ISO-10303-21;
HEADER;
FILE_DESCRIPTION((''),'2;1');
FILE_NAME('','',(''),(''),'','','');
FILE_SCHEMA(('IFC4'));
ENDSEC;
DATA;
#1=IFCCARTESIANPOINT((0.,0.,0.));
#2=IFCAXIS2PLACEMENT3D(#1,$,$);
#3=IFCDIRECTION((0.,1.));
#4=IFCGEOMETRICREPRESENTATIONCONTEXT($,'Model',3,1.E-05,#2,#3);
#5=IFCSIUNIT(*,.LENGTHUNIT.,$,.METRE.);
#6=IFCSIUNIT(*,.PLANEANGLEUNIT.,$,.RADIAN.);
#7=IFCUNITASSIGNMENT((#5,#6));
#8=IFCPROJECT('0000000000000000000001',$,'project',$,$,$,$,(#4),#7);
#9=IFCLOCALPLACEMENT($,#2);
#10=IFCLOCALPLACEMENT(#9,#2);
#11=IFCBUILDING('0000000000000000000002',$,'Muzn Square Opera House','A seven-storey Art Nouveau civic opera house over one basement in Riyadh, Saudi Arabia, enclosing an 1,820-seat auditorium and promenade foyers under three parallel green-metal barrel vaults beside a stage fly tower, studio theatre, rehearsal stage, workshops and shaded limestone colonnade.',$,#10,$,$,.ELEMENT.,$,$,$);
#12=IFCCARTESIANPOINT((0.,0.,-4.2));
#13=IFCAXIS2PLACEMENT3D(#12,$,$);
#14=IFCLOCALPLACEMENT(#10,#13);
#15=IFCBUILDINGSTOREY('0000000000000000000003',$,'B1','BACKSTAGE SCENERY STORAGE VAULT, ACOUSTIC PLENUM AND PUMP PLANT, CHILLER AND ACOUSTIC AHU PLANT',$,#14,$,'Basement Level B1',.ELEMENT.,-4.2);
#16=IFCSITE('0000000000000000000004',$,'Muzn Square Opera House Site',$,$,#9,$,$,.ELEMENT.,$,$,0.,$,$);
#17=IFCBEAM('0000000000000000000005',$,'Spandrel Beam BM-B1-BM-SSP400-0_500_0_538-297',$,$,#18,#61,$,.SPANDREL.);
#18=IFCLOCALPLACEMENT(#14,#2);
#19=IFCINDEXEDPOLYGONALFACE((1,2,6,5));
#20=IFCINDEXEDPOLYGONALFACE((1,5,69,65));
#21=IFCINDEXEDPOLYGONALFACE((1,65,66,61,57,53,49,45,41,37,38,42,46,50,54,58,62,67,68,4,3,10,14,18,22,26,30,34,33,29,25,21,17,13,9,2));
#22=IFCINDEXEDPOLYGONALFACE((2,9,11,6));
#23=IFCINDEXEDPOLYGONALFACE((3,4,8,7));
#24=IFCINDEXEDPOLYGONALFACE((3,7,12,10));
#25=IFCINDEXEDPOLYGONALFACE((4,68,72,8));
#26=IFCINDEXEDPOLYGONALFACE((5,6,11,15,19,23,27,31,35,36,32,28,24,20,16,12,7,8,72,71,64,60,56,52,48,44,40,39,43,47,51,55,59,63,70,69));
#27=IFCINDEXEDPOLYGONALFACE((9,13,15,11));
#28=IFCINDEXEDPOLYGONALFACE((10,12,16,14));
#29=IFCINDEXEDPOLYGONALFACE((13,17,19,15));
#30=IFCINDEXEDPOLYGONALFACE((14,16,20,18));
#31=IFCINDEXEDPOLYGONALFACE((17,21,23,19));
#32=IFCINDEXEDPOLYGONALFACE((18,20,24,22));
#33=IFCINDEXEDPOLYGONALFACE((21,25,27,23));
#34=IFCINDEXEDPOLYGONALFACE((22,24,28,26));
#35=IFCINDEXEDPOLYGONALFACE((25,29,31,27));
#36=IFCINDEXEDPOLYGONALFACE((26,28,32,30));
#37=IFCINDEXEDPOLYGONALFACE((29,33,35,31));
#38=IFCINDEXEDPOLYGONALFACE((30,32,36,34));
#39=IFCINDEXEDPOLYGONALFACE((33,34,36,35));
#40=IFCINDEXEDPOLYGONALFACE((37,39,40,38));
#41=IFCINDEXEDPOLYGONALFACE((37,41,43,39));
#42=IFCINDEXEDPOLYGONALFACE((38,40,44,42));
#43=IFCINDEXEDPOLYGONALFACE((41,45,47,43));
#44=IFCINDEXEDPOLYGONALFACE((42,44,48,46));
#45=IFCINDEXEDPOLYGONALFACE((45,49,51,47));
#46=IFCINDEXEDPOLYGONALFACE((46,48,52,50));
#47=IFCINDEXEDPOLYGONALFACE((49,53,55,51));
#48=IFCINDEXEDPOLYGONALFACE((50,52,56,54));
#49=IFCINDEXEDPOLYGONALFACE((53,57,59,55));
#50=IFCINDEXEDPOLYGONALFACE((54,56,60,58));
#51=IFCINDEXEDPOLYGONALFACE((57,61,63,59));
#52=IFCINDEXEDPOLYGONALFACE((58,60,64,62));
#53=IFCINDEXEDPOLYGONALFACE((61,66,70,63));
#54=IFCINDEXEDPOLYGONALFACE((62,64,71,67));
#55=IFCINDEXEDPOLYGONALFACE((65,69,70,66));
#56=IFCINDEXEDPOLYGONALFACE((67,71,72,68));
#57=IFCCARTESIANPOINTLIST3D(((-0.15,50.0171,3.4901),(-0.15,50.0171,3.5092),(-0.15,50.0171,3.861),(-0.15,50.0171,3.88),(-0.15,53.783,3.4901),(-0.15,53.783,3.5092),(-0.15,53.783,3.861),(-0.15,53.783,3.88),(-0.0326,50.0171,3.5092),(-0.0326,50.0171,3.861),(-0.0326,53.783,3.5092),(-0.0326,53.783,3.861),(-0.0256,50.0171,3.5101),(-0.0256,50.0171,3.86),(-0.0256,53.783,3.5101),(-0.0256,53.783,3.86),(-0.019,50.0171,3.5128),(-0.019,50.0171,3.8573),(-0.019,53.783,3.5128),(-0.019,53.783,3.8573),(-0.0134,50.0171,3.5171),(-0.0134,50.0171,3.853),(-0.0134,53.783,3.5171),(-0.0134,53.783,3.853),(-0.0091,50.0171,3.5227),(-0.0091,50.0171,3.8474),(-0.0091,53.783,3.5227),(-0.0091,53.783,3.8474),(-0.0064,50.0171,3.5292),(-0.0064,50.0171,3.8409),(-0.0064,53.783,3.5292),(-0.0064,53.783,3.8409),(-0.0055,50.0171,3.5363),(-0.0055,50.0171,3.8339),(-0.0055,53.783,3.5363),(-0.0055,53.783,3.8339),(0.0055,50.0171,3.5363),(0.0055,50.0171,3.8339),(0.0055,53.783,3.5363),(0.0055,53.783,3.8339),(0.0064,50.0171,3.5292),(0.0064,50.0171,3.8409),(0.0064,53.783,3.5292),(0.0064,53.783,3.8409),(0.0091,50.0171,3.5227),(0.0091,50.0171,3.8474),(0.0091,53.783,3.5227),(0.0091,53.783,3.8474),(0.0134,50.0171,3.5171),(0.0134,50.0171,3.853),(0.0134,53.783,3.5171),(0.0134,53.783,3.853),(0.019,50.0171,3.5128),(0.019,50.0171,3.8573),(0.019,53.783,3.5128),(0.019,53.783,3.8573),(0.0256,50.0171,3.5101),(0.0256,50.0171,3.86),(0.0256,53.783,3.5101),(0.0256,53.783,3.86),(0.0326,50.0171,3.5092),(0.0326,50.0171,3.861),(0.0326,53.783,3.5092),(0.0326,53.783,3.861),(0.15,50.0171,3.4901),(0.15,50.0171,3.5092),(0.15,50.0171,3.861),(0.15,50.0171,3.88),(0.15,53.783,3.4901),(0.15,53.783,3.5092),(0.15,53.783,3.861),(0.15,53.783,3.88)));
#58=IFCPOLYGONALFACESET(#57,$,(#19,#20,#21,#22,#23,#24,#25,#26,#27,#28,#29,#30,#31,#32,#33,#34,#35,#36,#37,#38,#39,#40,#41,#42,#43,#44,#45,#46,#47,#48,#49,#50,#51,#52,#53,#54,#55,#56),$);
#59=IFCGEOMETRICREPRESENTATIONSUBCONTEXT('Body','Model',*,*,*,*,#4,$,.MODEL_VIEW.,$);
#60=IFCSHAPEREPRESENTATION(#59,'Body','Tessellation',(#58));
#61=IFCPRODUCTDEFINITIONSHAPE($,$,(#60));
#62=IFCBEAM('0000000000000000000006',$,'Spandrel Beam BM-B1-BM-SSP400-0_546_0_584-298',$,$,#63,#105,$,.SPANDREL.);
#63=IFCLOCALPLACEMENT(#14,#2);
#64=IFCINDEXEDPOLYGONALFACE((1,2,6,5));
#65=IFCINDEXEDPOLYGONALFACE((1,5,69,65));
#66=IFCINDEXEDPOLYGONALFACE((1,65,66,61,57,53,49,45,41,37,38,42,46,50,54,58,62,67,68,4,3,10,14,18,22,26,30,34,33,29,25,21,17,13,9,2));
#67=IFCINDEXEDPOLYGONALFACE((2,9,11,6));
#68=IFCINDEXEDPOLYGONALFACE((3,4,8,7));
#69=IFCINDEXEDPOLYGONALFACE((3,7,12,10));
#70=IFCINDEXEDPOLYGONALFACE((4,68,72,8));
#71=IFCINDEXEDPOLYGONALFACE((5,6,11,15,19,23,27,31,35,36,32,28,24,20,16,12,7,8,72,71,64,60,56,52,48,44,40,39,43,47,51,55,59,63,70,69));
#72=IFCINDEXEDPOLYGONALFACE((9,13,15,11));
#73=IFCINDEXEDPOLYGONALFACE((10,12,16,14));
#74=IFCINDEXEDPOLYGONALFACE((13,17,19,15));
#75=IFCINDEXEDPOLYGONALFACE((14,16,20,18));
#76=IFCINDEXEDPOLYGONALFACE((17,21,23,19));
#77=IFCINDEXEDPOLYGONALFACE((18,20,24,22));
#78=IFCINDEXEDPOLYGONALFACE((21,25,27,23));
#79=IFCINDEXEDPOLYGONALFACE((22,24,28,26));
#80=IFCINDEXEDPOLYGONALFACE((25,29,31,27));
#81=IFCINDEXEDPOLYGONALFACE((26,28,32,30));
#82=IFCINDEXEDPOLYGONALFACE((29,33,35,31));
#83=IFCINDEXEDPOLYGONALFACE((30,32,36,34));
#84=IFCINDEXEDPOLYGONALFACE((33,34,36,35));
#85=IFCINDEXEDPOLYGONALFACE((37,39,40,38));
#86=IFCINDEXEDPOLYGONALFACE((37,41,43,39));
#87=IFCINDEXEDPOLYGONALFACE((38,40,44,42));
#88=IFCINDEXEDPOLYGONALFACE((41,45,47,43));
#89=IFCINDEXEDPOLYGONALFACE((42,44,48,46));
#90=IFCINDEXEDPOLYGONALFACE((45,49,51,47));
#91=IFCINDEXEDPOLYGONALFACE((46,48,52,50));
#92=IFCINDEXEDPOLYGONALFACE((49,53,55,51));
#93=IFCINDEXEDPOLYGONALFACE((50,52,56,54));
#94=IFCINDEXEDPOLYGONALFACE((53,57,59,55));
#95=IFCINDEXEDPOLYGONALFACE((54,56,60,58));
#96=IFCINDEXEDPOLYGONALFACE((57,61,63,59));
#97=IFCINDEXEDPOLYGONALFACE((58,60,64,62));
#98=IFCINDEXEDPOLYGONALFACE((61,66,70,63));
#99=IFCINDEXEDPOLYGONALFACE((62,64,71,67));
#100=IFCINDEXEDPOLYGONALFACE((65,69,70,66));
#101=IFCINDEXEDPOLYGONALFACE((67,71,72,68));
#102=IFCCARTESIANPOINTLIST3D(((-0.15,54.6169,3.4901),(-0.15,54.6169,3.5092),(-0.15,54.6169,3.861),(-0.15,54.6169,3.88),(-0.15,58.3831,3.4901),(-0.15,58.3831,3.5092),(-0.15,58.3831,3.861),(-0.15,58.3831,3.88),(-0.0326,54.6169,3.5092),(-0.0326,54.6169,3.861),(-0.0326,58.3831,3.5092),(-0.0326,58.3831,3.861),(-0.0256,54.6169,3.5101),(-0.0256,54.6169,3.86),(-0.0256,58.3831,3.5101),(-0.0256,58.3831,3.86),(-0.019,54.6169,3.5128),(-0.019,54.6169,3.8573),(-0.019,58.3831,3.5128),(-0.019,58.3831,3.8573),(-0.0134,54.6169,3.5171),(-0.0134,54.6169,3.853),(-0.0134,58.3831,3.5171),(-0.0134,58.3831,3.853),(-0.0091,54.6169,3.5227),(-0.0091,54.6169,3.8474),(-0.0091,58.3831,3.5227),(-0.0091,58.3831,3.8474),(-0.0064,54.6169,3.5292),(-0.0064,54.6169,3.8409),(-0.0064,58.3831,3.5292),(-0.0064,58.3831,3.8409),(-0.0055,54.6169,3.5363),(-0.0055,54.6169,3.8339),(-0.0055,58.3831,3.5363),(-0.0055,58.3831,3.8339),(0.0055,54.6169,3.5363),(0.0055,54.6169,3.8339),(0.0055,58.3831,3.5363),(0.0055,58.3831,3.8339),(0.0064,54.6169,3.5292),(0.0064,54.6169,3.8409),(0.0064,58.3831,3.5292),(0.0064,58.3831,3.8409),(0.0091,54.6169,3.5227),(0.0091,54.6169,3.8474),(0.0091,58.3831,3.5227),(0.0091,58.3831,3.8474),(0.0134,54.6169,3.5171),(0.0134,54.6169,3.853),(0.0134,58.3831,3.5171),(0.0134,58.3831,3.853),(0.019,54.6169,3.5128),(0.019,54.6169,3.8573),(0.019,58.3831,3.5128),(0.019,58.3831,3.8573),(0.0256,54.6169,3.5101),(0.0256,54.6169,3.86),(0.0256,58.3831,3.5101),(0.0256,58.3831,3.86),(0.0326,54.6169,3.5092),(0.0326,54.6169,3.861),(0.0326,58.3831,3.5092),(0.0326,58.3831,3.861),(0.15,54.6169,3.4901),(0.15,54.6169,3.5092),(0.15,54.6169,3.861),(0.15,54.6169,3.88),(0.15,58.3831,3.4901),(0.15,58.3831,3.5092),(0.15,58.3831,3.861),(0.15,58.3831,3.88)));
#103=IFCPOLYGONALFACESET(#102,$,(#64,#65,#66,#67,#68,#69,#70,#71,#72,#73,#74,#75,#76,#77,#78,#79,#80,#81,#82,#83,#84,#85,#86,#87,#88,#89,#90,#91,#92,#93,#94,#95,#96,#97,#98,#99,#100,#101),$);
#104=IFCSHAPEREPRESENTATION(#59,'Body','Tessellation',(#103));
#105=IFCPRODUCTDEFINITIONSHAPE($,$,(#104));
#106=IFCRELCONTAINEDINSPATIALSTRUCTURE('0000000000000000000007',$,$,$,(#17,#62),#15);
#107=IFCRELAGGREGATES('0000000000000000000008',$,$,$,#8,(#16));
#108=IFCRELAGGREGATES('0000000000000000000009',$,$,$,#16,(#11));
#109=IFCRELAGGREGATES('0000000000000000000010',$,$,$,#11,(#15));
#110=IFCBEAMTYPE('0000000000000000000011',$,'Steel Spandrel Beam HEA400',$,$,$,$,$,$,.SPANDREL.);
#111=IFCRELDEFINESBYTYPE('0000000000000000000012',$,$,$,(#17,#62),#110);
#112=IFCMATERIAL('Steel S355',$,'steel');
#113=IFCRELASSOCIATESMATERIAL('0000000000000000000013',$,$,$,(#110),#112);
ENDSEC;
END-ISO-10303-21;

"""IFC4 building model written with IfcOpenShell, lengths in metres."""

from ifc_helpers import new_model, si_unit, direction, frame, origin, origin_2d, place, context, subcontext, project, spatial, i_section, extrude, material, material_profile, profile_set, type_object, element, save


model = new_model("IFC4")

# Units and contexts
model_context = context("Model", 3, precision=1e-05, world=origin(), true_north=direction((0.0, 1.0)))
body_context = subcontext(model_context, "Body", "Model", "MODEL_VIEW")
ifc_project = project(units=[si_unit("LENGTHUNIT", "METRE"), si_unit("PLANEANGLEUNIT", "RADIAN")], contexts=[model_context])

# Site, building, storey
site_placement = place(None, origin())
site = spatial("IfcSite", under=ifc_project, at=site_placement, Name="Muzn Square Opera House Site", CompositionType="ELEMENT", RefElevation=0.0)
building_placement = place(site_placement, origin())
building = spatial("IfcBuilding", under=site, at=building_placement, Name="Muzn Square Opera House", Description="A seven-storey Art Nouveau civic opera house over one basement in Riyadh, Saudi Arabia, enclosing an 1,820-seat auditorium and promenade foyers under three parallel green-metal barrel vaults beside a stage fly tower, studio theatre, rehearsal stage, workshops and shaded limestone colonnade.", CompositionType="ELEMENT")
storey_placement = place(building_placement, frame((0.0, 0.0, -4.2)))
storey = spatial("IfcBuildingStorey", under=building, at=storey_placement, Name="B1", Description="BACKSTAGE SCENERY STORAGE VAULT, ACOUSTIC PLENUM AND PUMP PLANT, CHILLER AND ACOUSTIC AHU PLANT", LongName="Basement Level B1", CompositionType="ELEMENT", Elevation=-4.2)

# Beams
ifc_material_1 = material(Name="Steel S355", Category="steel")
ifc_material_profile_1 = material_profile(ifc_material_1, i_section(OverallWidth=0.3, OverallDepth=0.3899, WebThickness=0.011, FlangeThickness=0.019, FilletRadius=0.0271, at=origin_2d()), Name="HEA 400", Category="steel")
ifc_profile_set_1 = profile_set([ifc_material_profile_1], Name="Steel S355")
beam_type_1 = type_object("IfcBeamType", Name="Steel Spandrel Beam HEA400", PredefinedType="SPANDREL", material=ifc_profile_set_1)
beam_1_placement = place(storey_placement, frame((0.0, 50.0171, 3.6851), z_axis=(0.0, 1.0, 0.0), x_axis=(-1.0, 0.0, 0.0)))
element("IfcBeam", 1, at=beam_1_placement, inside=storey, type_object=beam_type_1, Name="Spandrel Beam BM-B1-BM-SSP400-0_500_0_538-297", PredefinedType="SPANDREL", context=body_context, shape_type="SweptSolid", body=[
    extrude(i_section(OverallWidth=0.3, OverallDepth=0.3899, WebThickness=0.011, FlangeThickness=0.019, FilletRadius=0.0271, at=origin_2d()), origin(), (0.0, 0.0, 1.0), 3.7659),
])
beam_2_placement = place(storey_placement, frame((0.0, 54.6169, 3.6851), z_axis=(0.0, 1.0, 0.0), x_axis=(-1.0, 0.0, 0.0)))
element("IfcBeam", 2, at=beam_2_placement, inside=storey, type_object=beam_type_1, Name="Spandrel Beam BM-B1-BM-SSP400-0_546_0_584-298", PredefinedType="SPANDREL", context=body_context, shape_type="SweptSolid", body=[
    extrude(i_section(OverallWidth=0.3, OverallDepth=0.3899, WebThickness=0.011, FlangeThickness=0.019, FilletRadius=0.0271, at=origin_2d()), origin(), (0.0, 0.0, 1.0), 3.7661),
])

save(model, "model.ifc")
